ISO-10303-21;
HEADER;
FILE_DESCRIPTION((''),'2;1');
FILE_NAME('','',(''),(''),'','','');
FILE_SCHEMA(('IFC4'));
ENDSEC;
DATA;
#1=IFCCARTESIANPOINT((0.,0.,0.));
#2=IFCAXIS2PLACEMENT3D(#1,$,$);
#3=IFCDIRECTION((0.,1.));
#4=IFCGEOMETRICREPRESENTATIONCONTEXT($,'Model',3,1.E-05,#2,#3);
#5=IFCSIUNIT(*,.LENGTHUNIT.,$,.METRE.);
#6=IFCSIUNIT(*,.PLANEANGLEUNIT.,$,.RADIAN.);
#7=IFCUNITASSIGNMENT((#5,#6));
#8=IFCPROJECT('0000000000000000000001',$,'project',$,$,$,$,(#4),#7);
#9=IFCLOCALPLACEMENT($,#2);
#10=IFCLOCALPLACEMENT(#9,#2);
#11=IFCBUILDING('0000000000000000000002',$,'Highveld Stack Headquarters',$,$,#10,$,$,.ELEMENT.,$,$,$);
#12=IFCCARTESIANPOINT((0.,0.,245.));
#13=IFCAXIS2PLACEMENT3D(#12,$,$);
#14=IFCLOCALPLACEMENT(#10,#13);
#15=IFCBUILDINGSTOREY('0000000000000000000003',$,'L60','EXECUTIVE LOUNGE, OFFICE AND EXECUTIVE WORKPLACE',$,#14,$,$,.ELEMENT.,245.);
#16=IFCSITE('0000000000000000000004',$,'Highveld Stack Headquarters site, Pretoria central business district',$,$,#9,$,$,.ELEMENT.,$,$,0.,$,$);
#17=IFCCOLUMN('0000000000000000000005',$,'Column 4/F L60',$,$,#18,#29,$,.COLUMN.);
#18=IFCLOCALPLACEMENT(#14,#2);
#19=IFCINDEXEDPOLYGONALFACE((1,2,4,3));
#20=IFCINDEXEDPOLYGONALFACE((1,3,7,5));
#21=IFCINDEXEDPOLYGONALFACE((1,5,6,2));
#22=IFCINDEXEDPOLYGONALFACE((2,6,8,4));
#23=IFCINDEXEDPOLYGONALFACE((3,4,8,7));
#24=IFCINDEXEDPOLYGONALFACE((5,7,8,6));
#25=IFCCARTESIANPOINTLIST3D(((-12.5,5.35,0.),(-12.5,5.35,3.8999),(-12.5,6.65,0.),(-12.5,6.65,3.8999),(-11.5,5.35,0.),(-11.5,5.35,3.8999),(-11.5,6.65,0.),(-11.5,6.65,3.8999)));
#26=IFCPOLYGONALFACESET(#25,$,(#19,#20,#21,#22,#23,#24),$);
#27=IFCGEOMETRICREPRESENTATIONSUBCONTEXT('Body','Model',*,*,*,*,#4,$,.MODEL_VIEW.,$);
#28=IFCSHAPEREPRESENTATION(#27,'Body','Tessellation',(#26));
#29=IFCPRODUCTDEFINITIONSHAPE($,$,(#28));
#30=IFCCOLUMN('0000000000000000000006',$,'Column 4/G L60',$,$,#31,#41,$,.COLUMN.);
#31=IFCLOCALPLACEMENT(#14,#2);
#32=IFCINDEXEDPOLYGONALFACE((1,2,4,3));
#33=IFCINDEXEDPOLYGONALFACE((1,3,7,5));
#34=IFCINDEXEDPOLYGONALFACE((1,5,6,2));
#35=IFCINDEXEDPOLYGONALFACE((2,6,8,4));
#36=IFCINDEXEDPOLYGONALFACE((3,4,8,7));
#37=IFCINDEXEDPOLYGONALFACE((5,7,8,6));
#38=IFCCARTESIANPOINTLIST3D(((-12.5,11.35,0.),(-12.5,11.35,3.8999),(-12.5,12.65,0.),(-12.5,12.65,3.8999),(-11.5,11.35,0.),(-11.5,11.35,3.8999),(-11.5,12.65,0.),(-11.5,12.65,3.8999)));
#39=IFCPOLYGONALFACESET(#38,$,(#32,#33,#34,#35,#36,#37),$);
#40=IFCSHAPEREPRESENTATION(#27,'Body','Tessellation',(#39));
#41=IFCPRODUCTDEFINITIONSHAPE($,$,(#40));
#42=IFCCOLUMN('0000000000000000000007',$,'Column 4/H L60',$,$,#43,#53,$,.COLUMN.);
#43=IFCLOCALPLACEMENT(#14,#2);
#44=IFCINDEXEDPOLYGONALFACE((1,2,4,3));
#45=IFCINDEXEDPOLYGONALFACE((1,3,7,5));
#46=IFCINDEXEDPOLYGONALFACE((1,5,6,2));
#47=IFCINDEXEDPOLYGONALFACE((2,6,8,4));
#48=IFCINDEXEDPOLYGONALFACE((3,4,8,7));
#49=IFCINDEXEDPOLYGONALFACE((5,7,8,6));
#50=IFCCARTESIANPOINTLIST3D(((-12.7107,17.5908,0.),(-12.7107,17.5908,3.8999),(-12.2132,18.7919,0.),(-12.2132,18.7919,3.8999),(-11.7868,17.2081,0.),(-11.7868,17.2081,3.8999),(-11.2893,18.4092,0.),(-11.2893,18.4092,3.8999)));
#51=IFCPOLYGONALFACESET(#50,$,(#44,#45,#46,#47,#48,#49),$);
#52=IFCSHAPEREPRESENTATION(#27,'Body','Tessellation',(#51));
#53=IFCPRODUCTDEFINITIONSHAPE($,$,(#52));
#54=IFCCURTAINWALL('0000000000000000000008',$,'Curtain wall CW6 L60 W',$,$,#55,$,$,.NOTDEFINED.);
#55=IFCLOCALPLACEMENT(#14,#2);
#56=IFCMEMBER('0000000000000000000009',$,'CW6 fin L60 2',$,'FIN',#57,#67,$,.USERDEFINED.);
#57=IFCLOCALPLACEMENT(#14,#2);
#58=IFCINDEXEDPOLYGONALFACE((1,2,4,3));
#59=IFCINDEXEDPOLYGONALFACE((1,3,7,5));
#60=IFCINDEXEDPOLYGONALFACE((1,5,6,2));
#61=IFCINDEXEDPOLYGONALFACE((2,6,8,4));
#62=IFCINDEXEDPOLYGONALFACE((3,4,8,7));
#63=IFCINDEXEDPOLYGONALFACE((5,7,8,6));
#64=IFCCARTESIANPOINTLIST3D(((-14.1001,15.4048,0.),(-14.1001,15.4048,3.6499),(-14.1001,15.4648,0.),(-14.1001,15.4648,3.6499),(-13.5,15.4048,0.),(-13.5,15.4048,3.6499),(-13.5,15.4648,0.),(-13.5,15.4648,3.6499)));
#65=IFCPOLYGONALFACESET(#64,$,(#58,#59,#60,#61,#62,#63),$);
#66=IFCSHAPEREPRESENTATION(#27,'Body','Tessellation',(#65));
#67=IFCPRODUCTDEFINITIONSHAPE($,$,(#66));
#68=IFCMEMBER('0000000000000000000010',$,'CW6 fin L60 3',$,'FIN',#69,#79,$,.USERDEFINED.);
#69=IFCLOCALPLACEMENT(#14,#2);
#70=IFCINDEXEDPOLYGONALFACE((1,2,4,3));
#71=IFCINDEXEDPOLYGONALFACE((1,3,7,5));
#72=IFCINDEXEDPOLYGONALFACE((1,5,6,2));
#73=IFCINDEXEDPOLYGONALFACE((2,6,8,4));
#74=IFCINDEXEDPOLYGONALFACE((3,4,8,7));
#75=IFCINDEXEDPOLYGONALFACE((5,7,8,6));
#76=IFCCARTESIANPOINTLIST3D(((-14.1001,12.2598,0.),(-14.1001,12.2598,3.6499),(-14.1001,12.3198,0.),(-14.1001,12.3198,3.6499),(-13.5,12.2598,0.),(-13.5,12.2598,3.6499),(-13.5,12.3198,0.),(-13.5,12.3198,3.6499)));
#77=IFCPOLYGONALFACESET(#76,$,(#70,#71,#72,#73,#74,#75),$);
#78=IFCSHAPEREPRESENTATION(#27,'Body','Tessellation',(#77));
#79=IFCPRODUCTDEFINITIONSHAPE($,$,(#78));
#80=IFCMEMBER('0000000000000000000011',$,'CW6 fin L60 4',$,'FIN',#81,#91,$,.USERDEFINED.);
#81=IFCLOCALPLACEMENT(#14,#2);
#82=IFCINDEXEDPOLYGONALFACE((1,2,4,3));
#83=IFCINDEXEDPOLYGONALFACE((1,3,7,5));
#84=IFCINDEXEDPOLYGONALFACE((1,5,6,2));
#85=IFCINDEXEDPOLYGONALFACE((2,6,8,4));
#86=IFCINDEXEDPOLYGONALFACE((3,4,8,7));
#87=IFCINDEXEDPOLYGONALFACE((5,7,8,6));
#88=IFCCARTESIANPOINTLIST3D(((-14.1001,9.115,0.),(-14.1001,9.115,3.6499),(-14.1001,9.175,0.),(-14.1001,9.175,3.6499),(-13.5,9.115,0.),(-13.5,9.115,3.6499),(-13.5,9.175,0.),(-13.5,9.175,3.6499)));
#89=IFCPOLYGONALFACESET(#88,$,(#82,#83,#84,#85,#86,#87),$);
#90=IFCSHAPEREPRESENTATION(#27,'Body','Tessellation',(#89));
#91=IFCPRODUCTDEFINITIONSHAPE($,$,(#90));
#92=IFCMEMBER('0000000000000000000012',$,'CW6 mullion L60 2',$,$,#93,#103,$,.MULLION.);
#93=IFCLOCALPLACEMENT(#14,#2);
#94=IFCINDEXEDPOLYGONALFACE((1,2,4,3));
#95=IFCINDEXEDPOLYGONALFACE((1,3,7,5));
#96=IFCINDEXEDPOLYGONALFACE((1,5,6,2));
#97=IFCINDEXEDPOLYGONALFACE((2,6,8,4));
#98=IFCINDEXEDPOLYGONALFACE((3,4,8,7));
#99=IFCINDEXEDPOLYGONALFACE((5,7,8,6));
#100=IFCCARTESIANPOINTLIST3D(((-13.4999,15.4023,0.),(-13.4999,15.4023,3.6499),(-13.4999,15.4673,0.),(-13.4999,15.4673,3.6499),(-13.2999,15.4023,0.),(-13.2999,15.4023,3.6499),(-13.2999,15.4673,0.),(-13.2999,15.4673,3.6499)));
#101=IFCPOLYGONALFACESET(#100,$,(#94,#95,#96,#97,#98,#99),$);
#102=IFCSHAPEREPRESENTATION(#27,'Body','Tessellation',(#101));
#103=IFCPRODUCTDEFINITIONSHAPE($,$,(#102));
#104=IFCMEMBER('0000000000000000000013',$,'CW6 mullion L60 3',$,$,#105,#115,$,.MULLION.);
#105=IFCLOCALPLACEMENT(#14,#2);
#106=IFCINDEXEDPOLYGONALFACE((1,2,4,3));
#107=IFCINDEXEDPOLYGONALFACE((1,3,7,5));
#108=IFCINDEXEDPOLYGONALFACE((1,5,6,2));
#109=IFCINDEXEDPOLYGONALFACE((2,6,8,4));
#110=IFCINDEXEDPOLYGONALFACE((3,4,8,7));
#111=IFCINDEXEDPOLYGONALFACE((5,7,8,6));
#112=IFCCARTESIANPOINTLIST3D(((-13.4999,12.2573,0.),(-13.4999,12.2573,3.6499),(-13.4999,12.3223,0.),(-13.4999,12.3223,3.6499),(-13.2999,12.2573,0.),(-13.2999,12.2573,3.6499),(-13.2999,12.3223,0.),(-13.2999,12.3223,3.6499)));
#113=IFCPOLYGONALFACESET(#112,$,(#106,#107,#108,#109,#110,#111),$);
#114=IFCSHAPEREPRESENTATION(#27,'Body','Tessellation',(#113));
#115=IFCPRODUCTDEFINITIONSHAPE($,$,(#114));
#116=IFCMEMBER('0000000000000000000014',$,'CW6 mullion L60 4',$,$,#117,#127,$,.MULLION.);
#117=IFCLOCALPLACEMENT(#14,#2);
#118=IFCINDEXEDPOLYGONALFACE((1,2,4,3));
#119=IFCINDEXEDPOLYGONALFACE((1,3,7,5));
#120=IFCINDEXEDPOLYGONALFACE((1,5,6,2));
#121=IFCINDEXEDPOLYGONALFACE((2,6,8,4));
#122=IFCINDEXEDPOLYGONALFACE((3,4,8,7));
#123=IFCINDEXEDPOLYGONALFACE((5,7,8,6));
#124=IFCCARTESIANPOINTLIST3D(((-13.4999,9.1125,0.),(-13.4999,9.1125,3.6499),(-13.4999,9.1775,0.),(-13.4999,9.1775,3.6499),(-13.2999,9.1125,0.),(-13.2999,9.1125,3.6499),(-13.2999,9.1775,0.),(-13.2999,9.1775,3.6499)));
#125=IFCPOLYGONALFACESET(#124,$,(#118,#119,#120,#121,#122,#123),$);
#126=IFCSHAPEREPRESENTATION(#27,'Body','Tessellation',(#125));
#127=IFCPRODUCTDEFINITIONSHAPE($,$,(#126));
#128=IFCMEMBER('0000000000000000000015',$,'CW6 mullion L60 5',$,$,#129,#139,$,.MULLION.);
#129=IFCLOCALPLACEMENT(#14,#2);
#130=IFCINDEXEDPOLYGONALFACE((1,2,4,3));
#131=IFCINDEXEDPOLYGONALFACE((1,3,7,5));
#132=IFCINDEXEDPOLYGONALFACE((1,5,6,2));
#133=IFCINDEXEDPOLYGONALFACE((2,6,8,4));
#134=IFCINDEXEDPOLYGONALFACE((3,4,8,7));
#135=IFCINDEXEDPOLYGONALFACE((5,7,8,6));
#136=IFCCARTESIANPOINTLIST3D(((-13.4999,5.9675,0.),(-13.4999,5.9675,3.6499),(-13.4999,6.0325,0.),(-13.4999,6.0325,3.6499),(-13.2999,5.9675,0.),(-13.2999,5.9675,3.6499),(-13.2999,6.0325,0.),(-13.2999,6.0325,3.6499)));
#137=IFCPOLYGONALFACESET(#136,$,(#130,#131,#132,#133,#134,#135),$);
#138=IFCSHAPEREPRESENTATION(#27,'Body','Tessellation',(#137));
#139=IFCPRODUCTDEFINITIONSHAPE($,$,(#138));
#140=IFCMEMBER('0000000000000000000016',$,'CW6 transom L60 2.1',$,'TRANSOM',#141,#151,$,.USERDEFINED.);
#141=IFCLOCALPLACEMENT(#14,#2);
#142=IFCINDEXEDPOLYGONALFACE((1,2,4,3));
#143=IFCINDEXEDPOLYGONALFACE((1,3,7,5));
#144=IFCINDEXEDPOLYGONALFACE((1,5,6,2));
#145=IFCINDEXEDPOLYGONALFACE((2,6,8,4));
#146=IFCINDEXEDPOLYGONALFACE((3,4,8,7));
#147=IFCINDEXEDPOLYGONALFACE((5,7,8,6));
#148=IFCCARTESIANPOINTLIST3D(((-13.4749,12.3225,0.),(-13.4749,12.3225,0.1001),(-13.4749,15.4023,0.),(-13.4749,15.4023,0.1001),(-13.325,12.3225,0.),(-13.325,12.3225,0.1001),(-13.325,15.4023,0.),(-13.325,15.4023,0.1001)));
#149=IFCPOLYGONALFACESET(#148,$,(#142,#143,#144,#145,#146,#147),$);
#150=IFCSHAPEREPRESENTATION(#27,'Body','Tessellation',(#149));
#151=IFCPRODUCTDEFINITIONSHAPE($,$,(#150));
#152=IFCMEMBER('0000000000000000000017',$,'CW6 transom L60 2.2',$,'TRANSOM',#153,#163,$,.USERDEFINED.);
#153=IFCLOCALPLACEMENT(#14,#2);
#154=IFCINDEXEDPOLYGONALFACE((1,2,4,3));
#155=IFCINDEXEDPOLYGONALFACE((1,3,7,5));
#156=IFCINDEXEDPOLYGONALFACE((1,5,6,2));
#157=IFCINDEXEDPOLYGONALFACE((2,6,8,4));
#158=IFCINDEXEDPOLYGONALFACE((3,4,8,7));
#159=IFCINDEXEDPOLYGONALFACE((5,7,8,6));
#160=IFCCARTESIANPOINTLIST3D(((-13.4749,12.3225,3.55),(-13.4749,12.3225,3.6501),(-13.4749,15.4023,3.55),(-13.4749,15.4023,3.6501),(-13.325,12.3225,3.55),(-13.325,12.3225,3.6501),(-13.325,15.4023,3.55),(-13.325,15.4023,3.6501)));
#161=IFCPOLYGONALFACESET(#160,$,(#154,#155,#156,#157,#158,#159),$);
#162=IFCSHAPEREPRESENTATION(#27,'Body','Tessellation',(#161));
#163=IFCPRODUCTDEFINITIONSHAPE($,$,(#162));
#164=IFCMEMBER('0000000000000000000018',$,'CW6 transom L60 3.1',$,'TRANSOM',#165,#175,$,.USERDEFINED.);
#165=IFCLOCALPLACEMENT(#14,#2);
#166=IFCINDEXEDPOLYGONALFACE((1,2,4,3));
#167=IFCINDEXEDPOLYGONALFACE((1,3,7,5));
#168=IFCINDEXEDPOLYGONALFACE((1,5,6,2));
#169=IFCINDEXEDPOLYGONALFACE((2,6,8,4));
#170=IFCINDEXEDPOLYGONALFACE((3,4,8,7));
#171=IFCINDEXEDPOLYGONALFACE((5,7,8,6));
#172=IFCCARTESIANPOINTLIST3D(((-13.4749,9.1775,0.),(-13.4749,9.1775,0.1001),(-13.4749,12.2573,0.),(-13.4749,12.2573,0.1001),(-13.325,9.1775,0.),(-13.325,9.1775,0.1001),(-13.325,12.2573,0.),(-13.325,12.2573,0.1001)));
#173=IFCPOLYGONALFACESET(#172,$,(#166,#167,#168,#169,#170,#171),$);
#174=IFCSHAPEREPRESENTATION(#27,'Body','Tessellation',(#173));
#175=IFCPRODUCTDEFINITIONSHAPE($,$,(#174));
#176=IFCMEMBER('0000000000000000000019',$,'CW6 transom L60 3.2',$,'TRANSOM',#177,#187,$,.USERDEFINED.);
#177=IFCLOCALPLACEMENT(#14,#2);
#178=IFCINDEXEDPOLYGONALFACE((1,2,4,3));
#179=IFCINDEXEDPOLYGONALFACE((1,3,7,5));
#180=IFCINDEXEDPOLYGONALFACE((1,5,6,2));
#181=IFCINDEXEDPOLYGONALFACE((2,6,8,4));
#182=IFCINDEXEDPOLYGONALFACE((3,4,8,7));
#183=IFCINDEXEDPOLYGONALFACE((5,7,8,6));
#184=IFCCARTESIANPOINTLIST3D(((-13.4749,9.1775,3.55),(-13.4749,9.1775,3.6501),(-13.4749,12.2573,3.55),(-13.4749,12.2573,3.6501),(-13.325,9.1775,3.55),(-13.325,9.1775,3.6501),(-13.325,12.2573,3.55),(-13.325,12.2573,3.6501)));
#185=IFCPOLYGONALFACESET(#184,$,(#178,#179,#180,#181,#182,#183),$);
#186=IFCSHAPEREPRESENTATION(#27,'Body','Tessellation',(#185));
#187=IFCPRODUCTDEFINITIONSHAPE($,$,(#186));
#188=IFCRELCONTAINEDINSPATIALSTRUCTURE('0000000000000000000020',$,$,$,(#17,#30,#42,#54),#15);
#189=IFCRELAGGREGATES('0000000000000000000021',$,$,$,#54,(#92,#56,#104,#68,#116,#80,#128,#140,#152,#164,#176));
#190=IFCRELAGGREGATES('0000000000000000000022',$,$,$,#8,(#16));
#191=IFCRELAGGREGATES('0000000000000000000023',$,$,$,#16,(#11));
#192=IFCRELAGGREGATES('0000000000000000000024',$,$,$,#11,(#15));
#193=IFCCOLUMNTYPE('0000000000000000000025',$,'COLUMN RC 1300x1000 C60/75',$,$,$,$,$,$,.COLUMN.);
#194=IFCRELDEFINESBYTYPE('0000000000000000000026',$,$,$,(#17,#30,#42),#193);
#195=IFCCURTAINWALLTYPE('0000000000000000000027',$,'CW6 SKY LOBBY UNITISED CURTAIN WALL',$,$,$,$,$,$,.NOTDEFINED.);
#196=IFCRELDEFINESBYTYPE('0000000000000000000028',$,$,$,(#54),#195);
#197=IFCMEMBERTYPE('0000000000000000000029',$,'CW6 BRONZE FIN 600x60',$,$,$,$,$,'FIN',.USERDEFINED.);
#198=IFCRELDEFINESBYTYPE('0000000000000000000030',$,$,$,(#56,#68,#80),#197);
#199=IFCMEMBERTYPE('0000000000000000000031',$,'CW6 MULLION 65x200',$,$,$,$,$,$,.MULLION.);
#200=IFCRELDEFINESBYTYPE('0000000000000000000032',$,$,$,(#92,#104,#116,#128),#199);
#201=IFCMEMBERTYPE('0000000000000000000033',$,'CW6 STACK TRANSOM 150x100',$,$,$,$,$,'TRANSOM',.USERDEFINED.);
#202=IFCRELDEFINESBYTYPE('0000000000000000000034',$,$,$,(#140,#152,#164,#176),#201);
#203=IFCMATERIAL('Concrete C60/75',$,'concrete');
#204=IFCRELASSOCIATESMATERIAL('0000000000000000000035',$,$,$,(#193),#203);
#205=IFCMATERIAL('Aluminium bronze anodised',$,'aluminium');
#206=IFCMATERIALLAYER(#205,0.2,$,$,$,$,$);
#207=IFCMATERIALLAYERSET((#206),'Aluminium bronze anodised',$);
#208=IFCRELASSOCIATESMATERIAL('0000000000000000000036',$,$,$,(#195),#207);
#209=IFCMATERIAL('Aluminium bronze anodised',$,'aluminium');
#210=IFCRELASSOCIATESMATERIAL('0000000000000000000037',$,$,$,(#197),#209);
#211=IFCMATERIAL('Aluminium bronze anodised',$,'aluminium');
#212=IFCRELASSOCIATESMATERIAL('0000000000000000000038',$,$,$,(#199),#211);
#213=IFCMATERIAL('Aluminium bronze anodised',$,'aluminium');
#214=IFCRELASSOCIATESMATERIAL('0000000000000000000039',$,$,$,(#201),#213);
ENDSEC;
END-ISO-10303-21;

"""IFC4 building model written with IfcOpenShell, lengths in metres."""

from ifc_helpers import new_model, si_unit, direction, frame, origin, origin_2d, place, context, subcontext, project, spatial, rectangle, extrude, material, layer, layer_set, material_profile, profile_set, type_object, element, aggregate, save


model = new_model("IFC4")

# Units and contexts
model_context = context("Model", 3, precision=1e-05, world=origin(), true_north=direction((0.0, 1.0)))
body_context = subcontext(model_context, "Body", "Model", "MODEL_VIEW")
ifc_project = project(units=[si_unit("LENGTHUNIT", "METRE"), si_unit("PLANEANGLEUNIT", "RADIAN")], contexts=[model_context])

# Site, building, storey
site_placement = place(None, origin())
site = spatial("IfcSite", under=ifc_project, at=site_placement, Name="Highveld Stack Headquarters site, Pretoria central business district", CompositionType="ELEMENT", RefElevation=0.0)
building_placement = place(site_placement, origin())
building = spatial("IfcBuilding", under=site, at=building_placement, Name="Highveld Stack Headquarters", CompositionType="ELEMENT")
storey_placement = place(building_placement, frame((0.0, 0.0, 245.0)))
storey = spatial("IfcBuildingStorey", under=building, at=storey_placement, Name="L60", Description="EXECUTIVE LOUNGE, OFFICE AND EXECUTIVE WORKPLACE", CompositionType="ELEMENT", Elevation=245.0)

# Columns
ifc_material_1 = material(Name="Concrete C60/75", Category="concrete")
ifc_material_profile_1 = material_profile(ifc_material_1, rectangle(XDim=1.3, YDim=1.0, at=origin_2d()), Name="RC 1300x1000")
ifc_profile_set_1 = profile_set([ifc_material_profile_1], Name="Concrete C60/75")
column_type = type_object("IfcColumnType", Name="COLUMN RC 1300x1000 C60/75", PredefinedType="COLUMN", material=ifc_profile_set_1)
for number, where, z_axis, x_axis, name in (
    (1, (-12.0, 6.0, 0.0), (0.0, 0.0, 1.0), (0.0, 1.0, 0.0), "Column 4/F L60"),
    (2, (-12.0, 12.0, 0.0), (0.0, 0.0, 1.0), (0.0, 1.0, 0.0), "Column 4/G L60"),
    (3, (-12.0, 18.0, 0.0), (0.0, 0.0, 1.0), (0.382683, 0.92388, 0.0), "Column 4/H L60"),
):
    element("IfcColumn", number, at=place(storey_placement, frame(where, z_axis=z_axis, x_axis=x_axis)), inside=storey, type_object=column_type, Name=name, PredefinedType="COLUMN", context=body_context, shape_type="SweptSolid", body=[
        extrude(rectangle(XDim=1.3, YDim=1.0, at=origin_2d()), origin(), (0.0, 0.0, 1.0), 3.8999),
    ])

# Curtain wall, members
ifc_material_2 = material(Name="Aluminium bronze anodised", Category="aluminium")
ifc_layer_1 = layer(ifc_material_2, 0.2)
ifc_layer_set_1 = layer_set([ifc_layer_1], Name="Aluminium bronze anodised")
curtain_wall_type = type_object("IfcCurtainWallType", Name="CW6 SKY LOBBY UNITISED CURTAIN WALL", PredefinedType="NOTDEFINED", material=ifc_layer_set_1)
curtain_wall_placement = place(storey_placement, origin())
curtain_wall = element("IfcCurtainWall", 4, at=curtain_wall_placement, inside=storey, type_object=curtain_wall_type, Name="Curtain wall CW6 L60 W", PredefinedType="NOTDEFINED")
ifc_material_3 = material(Name="Aluminium bronze anodised", Category="aluminium")
ifc_material_profile_2 = material_profile(ifc_material_3, rectangle(XDim=0.6001, YDim=0.0601, at=origin_2d()), Name="FIN 600x60")
ifc_profile_set_2 = profile_set([ifc_material_profile_2], Name="Aluminium bronze anodised")
member_type_1 = type_object("IfcMemberType", Name="CW6 BRONZE FIN 600x60", ElementType="FIN", PredefinedType="USERDEFINED", material=ifc_profile_set_2)
member_1_placement = place(storey_placement, frame((-13.8, 15.4348, 0.0), z_axis=(0.0, 0.0, 1.0), x_axis=(1.0, 0.0, 0.0)))
member_1 = element("IfcMember", 5, at=member_1_placement, type_object=member_type_1, Name="CW6 fin L60 2", ObjectType="FIN", PredefinedType="USERDEFINED", context=body_context, shape_type="SweptSolid", body=[
    extrude(rectangle(XDim=0.6001, YDim=0.0601, at=origin_2d()), origin(), (0.0, 0.0, 1.0), 3.6499),
])
member_2_placement = place(storey_placement, frame((-13.8, 12.2898, 0.0), z_axis=(0.0, 0.0, 1.0), x_axis=(1.0, 0.0, 0.0)))
member_2 = element("IfcMember", 6, at=member_2_placement, type_object=member_type_1, Name="CW6 fin L60 3", ObjectType="FIN", PredefinedType="USERDEFINED", context=body_context, shape_type="SweptSolid", body=[
    extrude(rectangle(XDim=0.6001, YDim=0.0601, at=origin_2d()), origin(), (0.0, 0.0, 1.0), 3.6499),
])
member_3_placement = place(storey_placement, frame((-13.8, 9.145, 0.0), z_axis=(0.0, 0.0, 1.0), x_axis=(1.0, 0.0, 0.0)))
member_3 = element("IfcMember", 7, at=member_3_placement, type_object=member_type_1, Name="CW6 fin L60 4", ObjectType="FIN", PredefinedType="USERDEFINED", context=body_context, shape_type="SweptSolid", body=[
    extrude(rectangle(XDim=0.6001, YDim=0.0601, at=origin_2d()), origin(), (0.0, 0.0, 1.0), 3.6499),
])
ifc_material_4 = material(Name="Aluminium bronze anodised", Category="aluminium")
ifc_material_profile_3 = material_profile(ifc_material_4, rectangle(XDim=0.2, YDim=0.0649, at=origin_2d()), Name="CW6 MULLION 65x200")
ifc_profile_set_3 = profile_set([ifc_material_profile_3], Name="Aluminium bronze anodised")
member_type_2 = type_object("IfcMemberType", Name="CW6 MULLION 65x200", PredefinedType="MULLION", material=ifc_profile_set_3)
member_4_placement = place(storey_placement, frame((-13.3999, 15.4348, 0.0), z_axis=(0.0, 0.0, 1.0), x_axis=(1.0, 0.0, 0.0)))
member_4 = element("IfcMember", 8, at=member_4_placement, type_object=member_type_2, Name="CW6 mullion L60 2", PredefinedType="MULLION", context=body_context, shape_type="SweptSolid", body=[
    extrude(rectangle(XDim=0.2, YDim=0.0649, at=origin_2d()), origin(), (0.0, 0.0, 1.0), 3.6499),
])
member_5_placement = place(storey_placement, frame((-13.3999, 12.2898, 0.0), z_axis=(0.0, 0.0, 1.0), x_axis=(1.0, 0.0, 0.0)))
member_5 = element("IfcMember", 9, at=member_5_placement, type_object=member_type_2, Name="CW6 mullion L60 3", PredefinedType="MULLION", context=body_context, shape_type="SweptSolid", body=[
    extrude(rectangle(XDim=0.2, YDim=0.0649, at=origin_2d()), origin(), (0.0, 0.0, 1.0), 3.6499),
])
member_6_placement = place(storey_placement, frame((-13.3999, 9.145, 0.0), z_axis=(0.0, 0.0, 1.0), x_axis=(1.0, 0.0, 0.0)))
member_6 = element("IfcMember", 10, at=member_6_placement, type_object=member_type_2, Name="CW6 mullion L60 4", PredefinedType="MULLION", context=body_context, shape_type="SweptSolid", body=[
    extrude(rectangle(XDim=0.2, YDim=0.0649, at=origin_2d()), origin(), (0.0, 0.0, 1.0), 3.6499),
])
member_7_placement = place(storey_placement, frame((-13.3999, 6.0, 0.0), z_axis=(0.0, 0.0, 1.0), x_axis=(1.0, 0.0, 0.0)))
member_7 = element("IfcMember", 11, at=member_7_placement, type_object=member_type_2, Name="CW6 mullion L60 5", PredefinedType="MULLION", context=body_context, shape_type="SweptSolid", body=[
    extrude(rectangle(XDim=0.2, YDim=0.0649, at=origin_2d()), origin(), (0.0, 0.0, 1.0), 3.6499),
])
ifc_material_5 = material(Name="Aluminium bronze anodised", Category="aluminium")
ifc_material_profile_4 = material_profile(ifc_material_5, rectangle(XDim=0.1499, YDim=0.1001, at=origin_2d()), Name="CW6 TRANSOM 150x100")
ifc_profile_set_4 = profile_set([ifc_material_profile_4], Name="Aluminium bronze anodised")
member_type_3 = type_object("IfcMemberType", Name="CW6 STACK TRANSOM 150x100", ElementType="TRANSOM", PredefinedType="USERDEFINED", material=ifc_profile_set_4)
member_8_placement = place(storey_placement, frame((-13.3999, 15.4023, 0.05), z_axis=(0.0, -1.0, 0.0), x_axis=(1.0, 0.0, 0.0)))
member_8 = element("IfcMember", 12, at=member_8_placement, type_object=member_type_3, Name="CW6 transom L60 2.1", ObjectType="TRANSOM", PredefinedType="USERDEFINED", context=body_context, shape_type="SweptSolid", body=[
    extrude(rectangle(XDim=0.1499, YDim=0.1001, at=origin_2d()), origin(), (0.0, 0.0, 1.0), 3.0798),
])
member_9_placement = place(storey_placement, frame((-13.3999, 15.4023, 3.6001), z_axis=(0.0, -1.0, 0.0), x_axis=(1.0, 0.0, 0.0)))
member_9 = element("IfcMember", 13, at=member_9_placement, type_object=member_type_3, Name="CW6 transom L60 2.2", ObjectType="TRANSOM", PredefinedType="USERDEFINED", context=body_context, shape_type="SweptSolid", body=[
    extrude(rectangle(XDim=0.1499, YDim=0.1001, at=origin_2d()), origin(), (0.0, 0.0, 1.0), 3.0798),
])
member_10_placement = place(storey_placement, frame((-13.3999, 12.2573, 0.05), z_axis=(0.0, -1.0, 0.0), x_axis=(1.0, 0.0, 0.0)))
member_10 = element("IfcMember", 14, at=member_10_placement, type_object=member_type_3, Name="CW6 transom L60 3.1", ObjectType="TRANSOM", PredefinedType="USERDEFINED", context=body_context, shape_type="SweptSolid", body=[
    extrude(rectangle(XDim=0.1499, YDim=0.1001, at=origin_2d()), origin(), (0.0, 0.0, 1.0), 3.0798),
])
member_11_placement = place(storey_placement, frame((-13.3999, 12.2573, 3.6001), z_axis=(0.0, -1.0, 0.0), x_axis=(1.0, 0.0, 0.0)))
member_11 = element("IfcMember", 15, at=member_11_placement, type_object=member_type_3, Name="CW6 transom L60 3.2", ObjectType="TRANSOM", PredefinedType="USERDEFINED", context=body_context, shape_type="SweptSolid", body=[
    extrude(rectangle(XDim=0.1499, YDim=0.1001, at=origin_2d()), origin(), (0.0, 0.0, 1.0), 3.0798),
])
aggregate(curtain_wall, [member_4, member_1, member_5, member_2, member_6, member_3, member_7, member_8, member_9, member_10, member_11])

save(model, "model.ifc")
